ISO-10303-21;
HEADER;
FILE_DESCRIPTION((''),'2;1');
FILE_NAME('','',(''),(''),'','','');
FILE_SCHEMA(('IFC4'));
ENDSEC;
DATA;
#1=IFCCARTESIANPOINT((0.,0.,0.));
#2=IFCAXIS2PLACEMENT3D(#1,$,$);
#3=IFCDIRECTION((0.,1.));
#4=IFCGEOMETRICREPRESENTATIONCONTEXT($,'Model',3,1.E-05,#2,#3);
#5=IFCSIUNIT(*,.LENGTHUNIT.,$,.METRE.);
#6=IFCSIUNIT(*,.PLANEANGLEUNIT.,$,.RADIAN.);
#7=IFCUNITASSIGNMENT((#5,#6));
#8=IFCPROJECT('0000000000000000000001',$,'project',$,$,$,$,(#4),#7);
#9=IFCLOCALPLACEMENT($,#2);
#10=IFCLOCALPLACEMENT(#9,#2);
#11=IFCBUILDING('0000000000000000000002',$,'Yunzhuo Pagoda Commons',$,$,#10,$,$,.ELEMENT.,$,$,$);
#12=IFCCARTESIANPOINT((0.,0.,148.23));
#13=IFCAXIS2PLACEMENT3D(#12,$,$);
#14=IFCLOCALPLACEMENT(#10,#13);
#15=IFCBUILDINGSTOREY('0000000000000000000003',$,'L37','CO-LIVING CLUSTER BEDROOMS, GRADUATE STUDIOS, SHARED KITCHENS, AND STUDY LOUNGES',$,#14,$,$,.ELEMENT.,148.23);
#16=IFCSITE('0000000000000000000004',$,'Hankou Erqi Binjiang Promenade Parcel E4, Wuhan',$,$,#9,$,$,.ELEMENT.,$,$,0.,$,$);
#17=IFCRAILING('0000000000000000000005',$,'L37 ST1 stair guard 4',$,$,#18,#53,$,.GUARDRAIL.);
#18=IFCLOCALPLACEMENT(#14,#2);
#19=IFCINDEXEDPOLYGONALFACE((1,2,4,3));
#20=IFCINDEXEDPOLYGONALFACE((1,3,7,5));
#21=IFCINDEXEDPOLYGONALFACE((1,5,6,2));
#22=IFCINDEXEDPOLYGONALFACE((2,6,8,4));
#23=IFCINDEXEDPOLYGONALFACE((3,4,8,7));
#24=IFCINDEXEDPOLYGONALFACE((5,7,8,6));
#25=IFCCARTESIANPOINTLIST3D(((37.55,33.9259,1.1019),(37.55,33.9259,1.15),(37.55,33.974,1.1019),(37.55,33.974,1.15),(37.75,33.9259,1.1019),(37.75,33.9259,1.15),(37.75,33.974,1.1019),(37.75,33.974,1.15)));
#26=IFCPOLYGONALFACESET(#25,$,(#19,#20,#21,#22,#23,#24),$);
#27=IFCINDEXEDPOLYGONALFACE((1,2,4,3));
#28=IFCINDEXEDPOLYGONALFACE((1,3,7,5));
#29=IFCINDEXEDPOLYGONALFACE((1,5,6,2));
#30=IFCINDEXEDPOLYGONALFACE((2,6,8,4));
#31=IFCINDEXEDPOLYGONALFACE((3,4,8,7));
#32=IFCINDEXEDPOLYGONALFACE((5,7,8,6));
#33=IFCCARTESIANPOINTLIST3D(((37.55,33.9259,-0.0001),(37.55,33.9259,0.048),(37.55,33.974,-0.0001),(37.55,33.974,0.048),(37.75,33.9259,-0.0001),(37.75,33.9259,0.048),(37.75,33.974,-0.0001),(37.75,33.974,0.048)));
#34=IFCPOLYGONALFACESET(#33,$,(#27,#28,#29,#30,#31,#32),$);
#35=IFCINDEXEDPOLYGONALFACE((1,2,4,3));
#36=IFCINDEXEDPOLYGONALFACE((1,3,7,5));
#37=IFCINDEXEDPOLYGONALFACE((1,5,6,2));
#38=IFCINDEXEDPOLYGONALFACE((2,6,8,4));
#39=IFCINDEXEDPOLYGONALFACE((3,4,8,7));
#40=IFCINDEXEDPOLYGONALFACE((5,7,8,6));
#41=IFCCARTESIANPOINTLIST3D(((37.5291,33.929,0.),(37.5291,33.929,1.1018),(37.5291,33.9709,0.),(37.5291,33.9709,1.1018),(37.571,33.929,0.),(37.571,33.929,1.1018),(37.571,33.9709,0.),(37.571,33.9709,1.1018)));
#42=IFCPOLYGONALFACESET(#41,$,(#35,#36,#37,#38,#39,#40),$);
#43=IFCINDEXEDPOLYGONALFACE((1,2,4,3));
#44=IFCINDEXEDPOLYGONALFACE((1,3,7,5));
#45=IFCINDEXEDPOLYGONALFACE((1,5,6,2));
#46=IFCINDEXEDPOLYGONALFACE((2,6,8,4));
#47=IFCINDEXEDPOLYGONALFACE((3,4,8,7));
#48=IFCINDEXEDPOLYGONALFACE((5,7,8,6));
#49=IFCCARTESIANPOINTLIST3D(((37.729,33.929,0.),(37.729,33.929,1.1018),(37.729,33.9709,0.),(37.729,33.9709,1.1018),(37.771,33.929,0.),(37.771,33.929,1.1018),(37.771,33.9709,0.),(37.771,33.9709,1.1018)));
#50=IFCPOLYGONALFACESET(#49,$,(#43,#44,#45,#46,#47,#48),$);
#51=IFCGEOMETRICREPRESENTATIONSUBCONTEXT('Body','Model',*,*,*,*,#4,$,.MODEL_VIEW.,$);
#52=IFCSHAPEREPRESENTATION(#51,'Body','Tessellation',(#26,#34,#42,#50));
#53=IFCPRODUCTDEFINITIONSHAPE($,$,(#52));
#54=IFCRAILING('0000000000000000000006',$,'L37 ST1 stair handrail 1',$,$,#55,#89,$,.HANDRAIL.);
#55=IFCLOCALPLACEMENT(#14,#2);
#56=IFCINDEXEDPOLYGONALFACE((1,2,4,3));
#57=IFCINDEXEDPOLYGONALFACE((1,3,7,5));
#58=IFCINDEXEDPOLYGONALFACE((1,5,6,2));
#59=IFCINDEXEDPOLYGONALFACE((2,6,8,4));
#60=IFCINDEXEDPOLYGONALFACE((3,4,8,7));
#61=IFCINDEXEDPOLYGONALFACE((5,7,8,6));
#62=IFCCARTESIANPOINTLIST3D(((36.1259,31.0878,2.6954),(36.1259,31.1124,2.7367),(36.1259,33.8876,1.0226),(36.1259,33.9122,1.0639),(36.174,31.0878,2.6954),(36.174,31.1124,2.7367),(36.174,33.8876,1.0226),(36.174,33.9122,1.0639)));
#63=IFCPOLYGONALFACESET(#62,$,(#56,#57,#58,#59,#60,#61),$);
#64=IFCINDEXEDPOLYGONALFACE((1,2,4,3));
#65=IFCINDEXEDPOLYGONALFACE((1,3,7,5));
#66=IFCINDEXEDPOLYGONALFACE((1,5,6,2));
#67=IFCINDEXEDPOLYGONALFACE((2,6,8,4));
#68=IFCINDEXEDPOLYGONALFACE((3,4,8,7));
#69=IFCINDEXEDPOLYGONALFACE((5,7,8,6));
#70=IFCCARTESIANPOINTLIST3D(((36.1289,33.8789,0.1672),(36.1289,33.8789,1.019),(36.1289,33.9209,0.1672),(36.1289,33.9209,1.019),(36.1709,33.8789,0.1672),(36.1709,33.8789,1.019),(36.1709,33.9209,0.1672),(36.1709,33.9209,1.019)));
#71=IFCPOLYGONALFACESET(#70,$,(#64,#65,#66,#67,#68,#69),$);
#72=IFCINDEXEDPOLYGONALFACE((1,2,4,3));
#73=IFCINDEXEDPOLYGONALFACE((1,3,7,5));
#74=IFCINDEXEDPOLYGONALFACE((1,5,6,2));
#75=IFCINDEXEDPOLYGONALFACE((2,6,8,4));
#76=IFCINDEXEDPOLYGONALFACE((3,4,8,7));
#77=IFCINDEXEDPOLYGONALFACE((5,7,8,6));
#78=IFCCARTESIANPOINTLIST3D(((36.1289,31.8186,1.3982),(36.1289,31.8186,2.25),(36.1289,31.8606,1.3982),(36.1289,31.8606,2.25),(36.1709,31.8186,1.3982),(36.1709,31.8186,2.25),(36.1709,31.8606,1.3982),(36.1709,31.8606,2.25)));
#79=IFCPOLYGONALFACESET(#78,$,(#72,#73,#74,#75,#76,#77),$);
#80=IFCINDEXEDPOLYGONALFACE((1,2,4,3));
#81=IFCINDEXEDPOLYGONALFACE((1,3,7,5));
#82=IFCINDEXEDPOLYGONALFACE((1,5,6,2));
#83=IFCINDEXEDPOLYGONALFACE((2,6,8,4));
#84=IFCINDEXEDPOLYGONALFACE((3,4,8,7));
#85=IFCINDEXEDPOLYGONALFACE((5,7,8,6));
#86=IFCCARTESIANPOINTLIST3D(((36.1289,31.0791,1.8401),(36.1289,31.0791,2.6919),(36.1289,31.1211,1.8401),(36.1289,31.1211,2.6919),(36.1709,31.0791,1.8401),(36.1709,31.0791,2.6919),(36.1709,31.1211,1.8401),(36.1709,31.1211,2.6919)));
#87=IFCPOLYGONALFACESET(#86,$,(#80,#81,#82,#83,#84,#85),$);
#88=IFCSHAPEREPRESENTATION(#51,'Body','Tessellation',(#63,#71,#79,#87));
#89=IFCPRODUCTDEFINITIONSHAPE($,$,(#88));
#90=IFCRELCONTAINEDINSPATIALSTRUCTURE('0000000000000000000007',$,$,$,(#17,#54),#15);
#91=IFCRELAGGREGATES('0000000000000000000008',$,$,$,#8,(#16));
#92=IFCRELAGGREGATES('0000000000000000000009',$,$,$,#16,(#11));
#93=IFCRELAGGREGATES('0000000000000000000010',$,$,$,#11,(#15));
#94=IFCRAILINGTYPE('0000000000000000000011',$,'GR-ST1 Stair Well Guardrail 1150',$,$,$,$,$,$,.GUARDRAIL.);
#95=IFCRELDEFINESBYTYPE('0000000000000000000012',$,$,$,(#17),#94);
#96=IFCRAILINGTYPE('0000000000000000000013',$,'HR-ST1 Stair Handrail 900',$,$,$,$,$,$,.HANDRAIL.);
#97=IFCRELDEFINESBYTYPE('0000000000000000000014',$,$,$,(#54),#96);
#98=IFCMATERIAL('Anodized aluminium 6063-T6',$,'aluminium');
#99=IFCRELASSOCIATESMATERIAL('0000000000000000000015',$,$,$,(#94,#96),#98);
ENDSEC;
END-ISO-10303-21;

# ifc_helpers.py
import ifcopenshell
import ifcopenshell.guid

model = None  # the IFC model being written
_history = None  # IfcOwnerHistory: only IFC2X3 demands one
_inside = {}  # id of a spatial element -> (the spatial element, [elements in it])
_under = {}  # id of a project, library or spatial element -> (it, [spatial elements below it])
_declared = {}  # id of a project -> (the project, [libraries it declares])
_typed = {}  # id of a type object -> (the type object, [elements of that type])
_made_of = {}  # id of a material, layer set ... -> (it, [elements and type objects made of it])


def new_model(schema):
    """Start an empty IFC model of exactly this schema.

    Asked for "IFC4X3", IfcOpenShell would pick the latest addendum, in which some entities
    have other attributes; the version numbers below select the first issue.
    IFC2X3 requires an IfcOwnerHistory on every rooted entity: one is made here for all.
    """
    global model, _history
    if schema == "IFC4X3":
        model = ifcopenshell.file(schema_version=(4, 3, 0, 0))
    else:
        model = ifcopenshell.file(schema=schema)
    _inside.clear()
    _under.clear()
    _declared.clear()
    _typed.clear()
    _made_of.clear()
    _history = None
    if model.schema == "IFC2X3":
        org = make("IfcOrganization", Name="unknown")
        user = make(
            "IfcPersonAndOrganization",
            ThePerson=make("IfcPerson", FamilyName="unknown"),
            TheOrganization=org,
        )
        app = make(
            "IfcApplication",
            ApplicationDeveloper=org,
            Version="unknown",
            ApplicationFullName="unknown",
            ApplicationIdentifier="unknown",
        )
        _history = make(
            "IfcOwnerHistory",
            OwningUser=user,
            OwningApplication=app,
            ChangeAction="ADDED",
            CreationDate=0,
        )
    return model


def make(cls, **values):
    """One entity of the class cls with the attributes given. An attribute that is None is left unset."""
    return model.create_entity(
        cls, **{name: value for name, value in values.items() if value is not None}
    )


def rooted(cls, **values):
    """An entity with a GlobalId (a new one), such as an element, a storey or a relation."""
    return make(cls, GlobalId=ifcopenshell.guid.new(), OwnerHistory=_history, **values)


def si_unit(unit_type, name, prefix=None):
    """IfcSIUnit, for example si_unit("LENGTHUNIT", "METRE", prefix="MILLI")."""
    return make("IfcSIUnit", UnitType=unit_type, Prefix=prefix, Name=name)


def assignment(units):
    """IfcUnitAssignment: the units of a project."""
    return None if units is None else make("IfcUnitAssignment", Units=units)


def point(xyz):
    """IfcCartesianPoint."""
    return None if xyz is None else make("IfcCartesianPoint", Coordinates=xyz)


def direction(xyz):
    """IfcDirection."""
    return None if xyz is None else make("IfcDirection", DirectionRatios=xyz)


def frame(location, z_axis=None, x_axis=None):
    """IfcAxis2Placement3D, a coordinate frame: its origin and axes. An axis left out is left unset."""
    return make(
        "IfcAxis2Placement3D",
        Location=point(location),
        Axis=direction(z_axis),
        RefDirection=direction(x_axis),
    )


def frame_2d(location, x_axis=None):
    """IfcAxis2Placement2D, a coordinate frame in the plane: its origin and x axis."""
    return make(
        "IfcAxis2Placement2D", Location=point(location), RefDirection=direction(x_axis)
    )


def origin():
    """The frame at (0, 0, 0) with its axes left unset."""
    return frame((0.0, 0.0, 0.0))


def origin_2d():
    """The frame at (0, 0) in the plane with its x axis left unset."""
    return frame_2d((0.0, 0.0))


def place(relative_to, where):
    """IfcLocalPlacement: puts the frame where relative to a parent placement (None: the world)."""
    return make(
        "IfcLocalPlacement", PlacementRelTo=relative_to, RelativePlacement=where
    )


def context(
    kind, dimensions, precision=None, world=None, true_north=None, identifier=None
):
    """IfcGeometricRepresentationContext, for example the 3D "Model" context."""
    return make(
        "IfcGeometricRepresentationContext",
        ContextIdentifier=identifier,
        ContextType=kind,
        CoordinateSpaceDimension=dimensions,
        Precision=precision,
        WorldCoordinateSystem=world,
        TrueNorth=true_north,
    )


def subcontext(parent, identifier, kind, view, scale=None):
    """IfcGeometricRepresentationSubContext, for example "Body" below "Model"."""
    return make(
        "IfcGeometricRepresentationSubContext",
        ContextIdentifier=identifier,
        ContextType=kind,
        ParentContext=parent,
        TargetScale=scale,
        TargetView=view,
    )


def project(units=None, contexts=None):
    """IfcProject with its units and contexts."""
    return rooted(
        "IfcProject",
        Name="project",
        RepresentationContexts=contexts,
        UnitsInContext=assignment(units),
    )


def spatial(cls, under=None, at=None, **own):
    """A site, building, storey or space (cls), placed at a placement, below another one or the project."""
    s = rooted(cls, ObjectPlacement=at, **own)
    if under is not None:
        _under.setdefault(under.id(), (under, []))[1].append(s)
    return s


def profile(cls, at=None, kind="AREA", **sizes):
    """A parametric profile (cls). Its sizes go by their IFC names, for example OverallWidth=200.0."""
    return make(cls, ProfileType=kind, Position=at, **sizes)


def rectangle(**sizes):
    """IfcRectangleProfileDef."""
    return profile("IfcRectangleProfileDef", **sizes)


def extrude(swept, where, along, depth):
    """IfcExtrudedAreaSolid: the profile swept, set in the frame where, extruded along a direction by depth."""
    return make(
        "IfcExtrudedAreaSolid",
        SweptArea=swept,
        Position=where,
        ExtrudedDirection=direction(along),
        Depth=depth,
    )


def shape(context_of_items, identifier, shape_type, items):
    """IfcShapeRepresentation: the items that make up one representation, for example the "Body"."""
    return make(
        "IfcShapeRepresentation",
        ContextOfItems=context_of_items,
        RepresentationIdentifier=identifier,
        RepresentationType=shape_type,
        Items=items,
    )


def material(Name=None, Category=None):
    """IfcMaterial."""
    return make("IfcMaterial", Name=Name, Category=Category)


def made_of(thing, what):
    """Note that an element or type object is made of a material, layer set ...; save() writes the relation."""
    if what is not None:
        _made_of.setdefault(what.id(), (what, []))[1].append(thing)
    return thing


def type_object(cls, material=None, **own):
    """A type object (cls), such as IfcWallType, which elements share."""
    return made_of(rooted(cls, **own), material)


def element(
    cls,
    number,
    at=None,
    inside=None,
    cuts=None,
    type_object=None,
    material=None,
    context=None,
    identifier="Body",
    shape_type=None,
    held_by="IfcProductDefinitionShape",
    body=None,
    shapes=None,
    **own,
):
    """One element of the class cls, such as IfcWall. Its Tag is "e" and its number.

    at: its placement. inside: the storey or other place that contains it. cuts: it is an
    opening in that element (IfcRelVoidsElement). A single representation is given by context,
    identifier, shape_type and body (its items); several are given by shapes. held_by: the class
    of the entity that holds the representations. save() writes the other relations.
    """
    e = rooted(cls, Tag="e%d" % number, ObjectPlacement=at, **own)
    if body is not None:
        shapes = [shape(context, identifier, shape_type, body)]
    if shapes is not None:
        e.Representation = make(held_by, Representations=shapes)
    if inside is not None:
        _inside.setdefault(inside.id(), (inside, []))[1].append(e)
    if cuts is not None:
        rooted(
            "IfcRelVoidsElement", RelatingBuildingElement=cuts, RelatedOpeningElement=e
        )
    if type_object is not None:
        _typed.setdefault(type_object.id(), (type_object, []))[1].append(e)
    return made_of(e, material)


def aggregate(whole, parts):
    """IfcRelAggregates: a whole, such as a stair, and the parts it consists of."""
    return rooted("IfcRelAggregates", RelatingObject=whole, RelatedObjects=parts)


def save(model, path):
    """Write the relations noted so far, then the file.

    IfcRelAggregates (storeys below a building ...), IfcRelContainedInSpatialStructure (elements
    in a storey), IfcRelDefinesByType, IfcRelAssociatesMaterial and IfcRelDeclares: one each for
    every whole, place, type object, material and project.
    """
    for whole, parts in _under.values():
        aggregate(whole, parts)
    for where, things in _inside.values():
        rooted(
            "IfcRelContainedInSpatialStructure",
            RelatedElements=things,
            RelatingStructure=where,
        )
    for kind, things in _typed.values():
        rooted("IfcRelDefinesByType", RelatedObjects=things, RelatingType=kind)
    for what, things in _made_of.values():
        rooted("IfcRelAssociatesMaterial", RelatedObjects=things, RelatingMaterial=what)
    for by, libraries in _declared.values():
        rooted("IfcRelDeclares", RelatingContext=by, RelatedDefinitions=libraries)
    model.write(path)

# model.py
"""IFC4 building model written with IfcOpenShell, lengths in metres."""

from ifc_helpers import new_model, si_unit, direction, frame, origin, origin_2d, place, context, subcontext, project, spatial, rectangle, extrude, material, type_object, element, save


model = new_model("IFC4")

# Units and contexts
model_context = context("Model", 3, precision=1e-05, world=origin(), true_north=direction((0.0, 1.0)))
body_context = subcontext(model_context, "Body", "Model", "MODEL_VIEW")
ifc_project = project(units=[si_unit("LENGTHUNIT", "METRE"), si_unit("PLANEANGLEUNIT", "RADIAN")], contexts=[model_context])

# Site, building, storey
site_placement = place(None, origin())
site = spatial("IfcSite", under=ifc_project, at=site_placement, Name="Hankou Erqi Binjiang Promenade Parcel E4, Wuhan", CompositionType="ELEMENT", RefElevation=0.0)
building_placement = place(site_placement, origin())
building = spatial("IfcBuilding", under=site, at=building_placement, Name="Yunzhuo Pagoda Commons", CompositionType="ELEMENT")
storey_placement = place(building_placement, frame((0.0, 0.0, 148.23)))
storey = spatial("IfcBuildingStorey", under=building, at=storey_placement, Name="L37", Description="CO-LIVING CLUSTER BEDROOMS, GRADUATE STUDIOS, SHARED KITCHENS, AND STUDY LOUNGES", CompositionType="ELEMENT", Elevation=148.23)

# Railings
ifc_material_1 = material(Name="Anodized aluminium 6063-T6", Category="aluminium")
railing_type_1 = type_object("IfcRailingType", Name="GR-ST1 Stair Well Guardrail 1150", PredefinedType="GUARDRAIL", material=ifc_material_1)
railing_1_placement = place(storey_placement, frame((37.55, 33.95, 0.0)))
element("IfcRailing", 1, at=railing_1_placement, inside=storey, type_object=railing_type_1, Name="L37 ST1 stair guard 4", PredefinedType="GUARDRAIL", context=body_context, shape_type="SweptSolid", body=[
    extrude(rectangle(XDim=0.0481, YDim=0.0481, at=origin_2d()), frame((0.0, 0.0, 1.126), z_axis=(1.0, 0.0, 0.0), x_axis=(0.0, 1.0, 0.0)), (0.0, 0.0, 1.0), 0.2),
    extrude(rectangle(XDim=0.0481, YDim=0.0481, at=origin_2d()), frame((0.0, 0.0, 0.0239), z_axis=(1.0, 0.0, 0.0), x_axis=(0.0, 1.0, 0.0)), (0.0, 0.0, 1.0), 0.2),
    extrude(rectangle(XDim=0.042, YDim=0.042, at=origin_2d()), origin(), (0.0, 0.0, 1.0), 1.1018),
    extrude(rectangle(XDim=0.042, YDim=0.042, at=origin_2d()), frame((0.2, 0.0, 0.0)), (0.0, 0.0, 1.0), 1.1018),
])
railing_type_2 = type_object("IfcRailingType", Name="HR-ST1 Stair Handrail 900", PredefinedType="HANDRAIL", material=ifc_material_1)
railing_2_placement = place(storey_placement, frame((36.1499, 33.8999, 0.1672)))
element("IfcRailing", 2, at=railing_2_placement, inside=storey, type_object=railing_type_2, Name="L37 ST1 stair handrail 1", PredefinedType="HANDRAIL", context=body_context, shape_type="SweptSolid", body=[
    extrude(rectangle(XDim=0.0481, YDim=0.0481, at=origin_2d()), frame((0.0, 0.0, 0.876), z_axis=(0.0, -0.858443, 0.51291), x_axis=(1.0, 0.0, 0.0)), (0.0, 0.0, 1.0), 3.2615),
    extrude(rectangle(XDim=0.042, YDim=0.042, at=origin_2d()), origin(), (0.0, 0.0, 1.0), 0.8518),
    extrude(rectangle(XDim=0.042, YDim=0.042, at=origin_2d()), frame((0.0, -2.0603, 1.231)), (0.0, 0.0, 1.0), 0.8518),
    extrude(rectangle(XDim=0.042, YDim=0.042, at=origin_2d()), frame((0.0, -2.7998, 1.6729)), (0.0, 0.0, 1.0), 0.8518),
])

save(model, "model.ifc")
